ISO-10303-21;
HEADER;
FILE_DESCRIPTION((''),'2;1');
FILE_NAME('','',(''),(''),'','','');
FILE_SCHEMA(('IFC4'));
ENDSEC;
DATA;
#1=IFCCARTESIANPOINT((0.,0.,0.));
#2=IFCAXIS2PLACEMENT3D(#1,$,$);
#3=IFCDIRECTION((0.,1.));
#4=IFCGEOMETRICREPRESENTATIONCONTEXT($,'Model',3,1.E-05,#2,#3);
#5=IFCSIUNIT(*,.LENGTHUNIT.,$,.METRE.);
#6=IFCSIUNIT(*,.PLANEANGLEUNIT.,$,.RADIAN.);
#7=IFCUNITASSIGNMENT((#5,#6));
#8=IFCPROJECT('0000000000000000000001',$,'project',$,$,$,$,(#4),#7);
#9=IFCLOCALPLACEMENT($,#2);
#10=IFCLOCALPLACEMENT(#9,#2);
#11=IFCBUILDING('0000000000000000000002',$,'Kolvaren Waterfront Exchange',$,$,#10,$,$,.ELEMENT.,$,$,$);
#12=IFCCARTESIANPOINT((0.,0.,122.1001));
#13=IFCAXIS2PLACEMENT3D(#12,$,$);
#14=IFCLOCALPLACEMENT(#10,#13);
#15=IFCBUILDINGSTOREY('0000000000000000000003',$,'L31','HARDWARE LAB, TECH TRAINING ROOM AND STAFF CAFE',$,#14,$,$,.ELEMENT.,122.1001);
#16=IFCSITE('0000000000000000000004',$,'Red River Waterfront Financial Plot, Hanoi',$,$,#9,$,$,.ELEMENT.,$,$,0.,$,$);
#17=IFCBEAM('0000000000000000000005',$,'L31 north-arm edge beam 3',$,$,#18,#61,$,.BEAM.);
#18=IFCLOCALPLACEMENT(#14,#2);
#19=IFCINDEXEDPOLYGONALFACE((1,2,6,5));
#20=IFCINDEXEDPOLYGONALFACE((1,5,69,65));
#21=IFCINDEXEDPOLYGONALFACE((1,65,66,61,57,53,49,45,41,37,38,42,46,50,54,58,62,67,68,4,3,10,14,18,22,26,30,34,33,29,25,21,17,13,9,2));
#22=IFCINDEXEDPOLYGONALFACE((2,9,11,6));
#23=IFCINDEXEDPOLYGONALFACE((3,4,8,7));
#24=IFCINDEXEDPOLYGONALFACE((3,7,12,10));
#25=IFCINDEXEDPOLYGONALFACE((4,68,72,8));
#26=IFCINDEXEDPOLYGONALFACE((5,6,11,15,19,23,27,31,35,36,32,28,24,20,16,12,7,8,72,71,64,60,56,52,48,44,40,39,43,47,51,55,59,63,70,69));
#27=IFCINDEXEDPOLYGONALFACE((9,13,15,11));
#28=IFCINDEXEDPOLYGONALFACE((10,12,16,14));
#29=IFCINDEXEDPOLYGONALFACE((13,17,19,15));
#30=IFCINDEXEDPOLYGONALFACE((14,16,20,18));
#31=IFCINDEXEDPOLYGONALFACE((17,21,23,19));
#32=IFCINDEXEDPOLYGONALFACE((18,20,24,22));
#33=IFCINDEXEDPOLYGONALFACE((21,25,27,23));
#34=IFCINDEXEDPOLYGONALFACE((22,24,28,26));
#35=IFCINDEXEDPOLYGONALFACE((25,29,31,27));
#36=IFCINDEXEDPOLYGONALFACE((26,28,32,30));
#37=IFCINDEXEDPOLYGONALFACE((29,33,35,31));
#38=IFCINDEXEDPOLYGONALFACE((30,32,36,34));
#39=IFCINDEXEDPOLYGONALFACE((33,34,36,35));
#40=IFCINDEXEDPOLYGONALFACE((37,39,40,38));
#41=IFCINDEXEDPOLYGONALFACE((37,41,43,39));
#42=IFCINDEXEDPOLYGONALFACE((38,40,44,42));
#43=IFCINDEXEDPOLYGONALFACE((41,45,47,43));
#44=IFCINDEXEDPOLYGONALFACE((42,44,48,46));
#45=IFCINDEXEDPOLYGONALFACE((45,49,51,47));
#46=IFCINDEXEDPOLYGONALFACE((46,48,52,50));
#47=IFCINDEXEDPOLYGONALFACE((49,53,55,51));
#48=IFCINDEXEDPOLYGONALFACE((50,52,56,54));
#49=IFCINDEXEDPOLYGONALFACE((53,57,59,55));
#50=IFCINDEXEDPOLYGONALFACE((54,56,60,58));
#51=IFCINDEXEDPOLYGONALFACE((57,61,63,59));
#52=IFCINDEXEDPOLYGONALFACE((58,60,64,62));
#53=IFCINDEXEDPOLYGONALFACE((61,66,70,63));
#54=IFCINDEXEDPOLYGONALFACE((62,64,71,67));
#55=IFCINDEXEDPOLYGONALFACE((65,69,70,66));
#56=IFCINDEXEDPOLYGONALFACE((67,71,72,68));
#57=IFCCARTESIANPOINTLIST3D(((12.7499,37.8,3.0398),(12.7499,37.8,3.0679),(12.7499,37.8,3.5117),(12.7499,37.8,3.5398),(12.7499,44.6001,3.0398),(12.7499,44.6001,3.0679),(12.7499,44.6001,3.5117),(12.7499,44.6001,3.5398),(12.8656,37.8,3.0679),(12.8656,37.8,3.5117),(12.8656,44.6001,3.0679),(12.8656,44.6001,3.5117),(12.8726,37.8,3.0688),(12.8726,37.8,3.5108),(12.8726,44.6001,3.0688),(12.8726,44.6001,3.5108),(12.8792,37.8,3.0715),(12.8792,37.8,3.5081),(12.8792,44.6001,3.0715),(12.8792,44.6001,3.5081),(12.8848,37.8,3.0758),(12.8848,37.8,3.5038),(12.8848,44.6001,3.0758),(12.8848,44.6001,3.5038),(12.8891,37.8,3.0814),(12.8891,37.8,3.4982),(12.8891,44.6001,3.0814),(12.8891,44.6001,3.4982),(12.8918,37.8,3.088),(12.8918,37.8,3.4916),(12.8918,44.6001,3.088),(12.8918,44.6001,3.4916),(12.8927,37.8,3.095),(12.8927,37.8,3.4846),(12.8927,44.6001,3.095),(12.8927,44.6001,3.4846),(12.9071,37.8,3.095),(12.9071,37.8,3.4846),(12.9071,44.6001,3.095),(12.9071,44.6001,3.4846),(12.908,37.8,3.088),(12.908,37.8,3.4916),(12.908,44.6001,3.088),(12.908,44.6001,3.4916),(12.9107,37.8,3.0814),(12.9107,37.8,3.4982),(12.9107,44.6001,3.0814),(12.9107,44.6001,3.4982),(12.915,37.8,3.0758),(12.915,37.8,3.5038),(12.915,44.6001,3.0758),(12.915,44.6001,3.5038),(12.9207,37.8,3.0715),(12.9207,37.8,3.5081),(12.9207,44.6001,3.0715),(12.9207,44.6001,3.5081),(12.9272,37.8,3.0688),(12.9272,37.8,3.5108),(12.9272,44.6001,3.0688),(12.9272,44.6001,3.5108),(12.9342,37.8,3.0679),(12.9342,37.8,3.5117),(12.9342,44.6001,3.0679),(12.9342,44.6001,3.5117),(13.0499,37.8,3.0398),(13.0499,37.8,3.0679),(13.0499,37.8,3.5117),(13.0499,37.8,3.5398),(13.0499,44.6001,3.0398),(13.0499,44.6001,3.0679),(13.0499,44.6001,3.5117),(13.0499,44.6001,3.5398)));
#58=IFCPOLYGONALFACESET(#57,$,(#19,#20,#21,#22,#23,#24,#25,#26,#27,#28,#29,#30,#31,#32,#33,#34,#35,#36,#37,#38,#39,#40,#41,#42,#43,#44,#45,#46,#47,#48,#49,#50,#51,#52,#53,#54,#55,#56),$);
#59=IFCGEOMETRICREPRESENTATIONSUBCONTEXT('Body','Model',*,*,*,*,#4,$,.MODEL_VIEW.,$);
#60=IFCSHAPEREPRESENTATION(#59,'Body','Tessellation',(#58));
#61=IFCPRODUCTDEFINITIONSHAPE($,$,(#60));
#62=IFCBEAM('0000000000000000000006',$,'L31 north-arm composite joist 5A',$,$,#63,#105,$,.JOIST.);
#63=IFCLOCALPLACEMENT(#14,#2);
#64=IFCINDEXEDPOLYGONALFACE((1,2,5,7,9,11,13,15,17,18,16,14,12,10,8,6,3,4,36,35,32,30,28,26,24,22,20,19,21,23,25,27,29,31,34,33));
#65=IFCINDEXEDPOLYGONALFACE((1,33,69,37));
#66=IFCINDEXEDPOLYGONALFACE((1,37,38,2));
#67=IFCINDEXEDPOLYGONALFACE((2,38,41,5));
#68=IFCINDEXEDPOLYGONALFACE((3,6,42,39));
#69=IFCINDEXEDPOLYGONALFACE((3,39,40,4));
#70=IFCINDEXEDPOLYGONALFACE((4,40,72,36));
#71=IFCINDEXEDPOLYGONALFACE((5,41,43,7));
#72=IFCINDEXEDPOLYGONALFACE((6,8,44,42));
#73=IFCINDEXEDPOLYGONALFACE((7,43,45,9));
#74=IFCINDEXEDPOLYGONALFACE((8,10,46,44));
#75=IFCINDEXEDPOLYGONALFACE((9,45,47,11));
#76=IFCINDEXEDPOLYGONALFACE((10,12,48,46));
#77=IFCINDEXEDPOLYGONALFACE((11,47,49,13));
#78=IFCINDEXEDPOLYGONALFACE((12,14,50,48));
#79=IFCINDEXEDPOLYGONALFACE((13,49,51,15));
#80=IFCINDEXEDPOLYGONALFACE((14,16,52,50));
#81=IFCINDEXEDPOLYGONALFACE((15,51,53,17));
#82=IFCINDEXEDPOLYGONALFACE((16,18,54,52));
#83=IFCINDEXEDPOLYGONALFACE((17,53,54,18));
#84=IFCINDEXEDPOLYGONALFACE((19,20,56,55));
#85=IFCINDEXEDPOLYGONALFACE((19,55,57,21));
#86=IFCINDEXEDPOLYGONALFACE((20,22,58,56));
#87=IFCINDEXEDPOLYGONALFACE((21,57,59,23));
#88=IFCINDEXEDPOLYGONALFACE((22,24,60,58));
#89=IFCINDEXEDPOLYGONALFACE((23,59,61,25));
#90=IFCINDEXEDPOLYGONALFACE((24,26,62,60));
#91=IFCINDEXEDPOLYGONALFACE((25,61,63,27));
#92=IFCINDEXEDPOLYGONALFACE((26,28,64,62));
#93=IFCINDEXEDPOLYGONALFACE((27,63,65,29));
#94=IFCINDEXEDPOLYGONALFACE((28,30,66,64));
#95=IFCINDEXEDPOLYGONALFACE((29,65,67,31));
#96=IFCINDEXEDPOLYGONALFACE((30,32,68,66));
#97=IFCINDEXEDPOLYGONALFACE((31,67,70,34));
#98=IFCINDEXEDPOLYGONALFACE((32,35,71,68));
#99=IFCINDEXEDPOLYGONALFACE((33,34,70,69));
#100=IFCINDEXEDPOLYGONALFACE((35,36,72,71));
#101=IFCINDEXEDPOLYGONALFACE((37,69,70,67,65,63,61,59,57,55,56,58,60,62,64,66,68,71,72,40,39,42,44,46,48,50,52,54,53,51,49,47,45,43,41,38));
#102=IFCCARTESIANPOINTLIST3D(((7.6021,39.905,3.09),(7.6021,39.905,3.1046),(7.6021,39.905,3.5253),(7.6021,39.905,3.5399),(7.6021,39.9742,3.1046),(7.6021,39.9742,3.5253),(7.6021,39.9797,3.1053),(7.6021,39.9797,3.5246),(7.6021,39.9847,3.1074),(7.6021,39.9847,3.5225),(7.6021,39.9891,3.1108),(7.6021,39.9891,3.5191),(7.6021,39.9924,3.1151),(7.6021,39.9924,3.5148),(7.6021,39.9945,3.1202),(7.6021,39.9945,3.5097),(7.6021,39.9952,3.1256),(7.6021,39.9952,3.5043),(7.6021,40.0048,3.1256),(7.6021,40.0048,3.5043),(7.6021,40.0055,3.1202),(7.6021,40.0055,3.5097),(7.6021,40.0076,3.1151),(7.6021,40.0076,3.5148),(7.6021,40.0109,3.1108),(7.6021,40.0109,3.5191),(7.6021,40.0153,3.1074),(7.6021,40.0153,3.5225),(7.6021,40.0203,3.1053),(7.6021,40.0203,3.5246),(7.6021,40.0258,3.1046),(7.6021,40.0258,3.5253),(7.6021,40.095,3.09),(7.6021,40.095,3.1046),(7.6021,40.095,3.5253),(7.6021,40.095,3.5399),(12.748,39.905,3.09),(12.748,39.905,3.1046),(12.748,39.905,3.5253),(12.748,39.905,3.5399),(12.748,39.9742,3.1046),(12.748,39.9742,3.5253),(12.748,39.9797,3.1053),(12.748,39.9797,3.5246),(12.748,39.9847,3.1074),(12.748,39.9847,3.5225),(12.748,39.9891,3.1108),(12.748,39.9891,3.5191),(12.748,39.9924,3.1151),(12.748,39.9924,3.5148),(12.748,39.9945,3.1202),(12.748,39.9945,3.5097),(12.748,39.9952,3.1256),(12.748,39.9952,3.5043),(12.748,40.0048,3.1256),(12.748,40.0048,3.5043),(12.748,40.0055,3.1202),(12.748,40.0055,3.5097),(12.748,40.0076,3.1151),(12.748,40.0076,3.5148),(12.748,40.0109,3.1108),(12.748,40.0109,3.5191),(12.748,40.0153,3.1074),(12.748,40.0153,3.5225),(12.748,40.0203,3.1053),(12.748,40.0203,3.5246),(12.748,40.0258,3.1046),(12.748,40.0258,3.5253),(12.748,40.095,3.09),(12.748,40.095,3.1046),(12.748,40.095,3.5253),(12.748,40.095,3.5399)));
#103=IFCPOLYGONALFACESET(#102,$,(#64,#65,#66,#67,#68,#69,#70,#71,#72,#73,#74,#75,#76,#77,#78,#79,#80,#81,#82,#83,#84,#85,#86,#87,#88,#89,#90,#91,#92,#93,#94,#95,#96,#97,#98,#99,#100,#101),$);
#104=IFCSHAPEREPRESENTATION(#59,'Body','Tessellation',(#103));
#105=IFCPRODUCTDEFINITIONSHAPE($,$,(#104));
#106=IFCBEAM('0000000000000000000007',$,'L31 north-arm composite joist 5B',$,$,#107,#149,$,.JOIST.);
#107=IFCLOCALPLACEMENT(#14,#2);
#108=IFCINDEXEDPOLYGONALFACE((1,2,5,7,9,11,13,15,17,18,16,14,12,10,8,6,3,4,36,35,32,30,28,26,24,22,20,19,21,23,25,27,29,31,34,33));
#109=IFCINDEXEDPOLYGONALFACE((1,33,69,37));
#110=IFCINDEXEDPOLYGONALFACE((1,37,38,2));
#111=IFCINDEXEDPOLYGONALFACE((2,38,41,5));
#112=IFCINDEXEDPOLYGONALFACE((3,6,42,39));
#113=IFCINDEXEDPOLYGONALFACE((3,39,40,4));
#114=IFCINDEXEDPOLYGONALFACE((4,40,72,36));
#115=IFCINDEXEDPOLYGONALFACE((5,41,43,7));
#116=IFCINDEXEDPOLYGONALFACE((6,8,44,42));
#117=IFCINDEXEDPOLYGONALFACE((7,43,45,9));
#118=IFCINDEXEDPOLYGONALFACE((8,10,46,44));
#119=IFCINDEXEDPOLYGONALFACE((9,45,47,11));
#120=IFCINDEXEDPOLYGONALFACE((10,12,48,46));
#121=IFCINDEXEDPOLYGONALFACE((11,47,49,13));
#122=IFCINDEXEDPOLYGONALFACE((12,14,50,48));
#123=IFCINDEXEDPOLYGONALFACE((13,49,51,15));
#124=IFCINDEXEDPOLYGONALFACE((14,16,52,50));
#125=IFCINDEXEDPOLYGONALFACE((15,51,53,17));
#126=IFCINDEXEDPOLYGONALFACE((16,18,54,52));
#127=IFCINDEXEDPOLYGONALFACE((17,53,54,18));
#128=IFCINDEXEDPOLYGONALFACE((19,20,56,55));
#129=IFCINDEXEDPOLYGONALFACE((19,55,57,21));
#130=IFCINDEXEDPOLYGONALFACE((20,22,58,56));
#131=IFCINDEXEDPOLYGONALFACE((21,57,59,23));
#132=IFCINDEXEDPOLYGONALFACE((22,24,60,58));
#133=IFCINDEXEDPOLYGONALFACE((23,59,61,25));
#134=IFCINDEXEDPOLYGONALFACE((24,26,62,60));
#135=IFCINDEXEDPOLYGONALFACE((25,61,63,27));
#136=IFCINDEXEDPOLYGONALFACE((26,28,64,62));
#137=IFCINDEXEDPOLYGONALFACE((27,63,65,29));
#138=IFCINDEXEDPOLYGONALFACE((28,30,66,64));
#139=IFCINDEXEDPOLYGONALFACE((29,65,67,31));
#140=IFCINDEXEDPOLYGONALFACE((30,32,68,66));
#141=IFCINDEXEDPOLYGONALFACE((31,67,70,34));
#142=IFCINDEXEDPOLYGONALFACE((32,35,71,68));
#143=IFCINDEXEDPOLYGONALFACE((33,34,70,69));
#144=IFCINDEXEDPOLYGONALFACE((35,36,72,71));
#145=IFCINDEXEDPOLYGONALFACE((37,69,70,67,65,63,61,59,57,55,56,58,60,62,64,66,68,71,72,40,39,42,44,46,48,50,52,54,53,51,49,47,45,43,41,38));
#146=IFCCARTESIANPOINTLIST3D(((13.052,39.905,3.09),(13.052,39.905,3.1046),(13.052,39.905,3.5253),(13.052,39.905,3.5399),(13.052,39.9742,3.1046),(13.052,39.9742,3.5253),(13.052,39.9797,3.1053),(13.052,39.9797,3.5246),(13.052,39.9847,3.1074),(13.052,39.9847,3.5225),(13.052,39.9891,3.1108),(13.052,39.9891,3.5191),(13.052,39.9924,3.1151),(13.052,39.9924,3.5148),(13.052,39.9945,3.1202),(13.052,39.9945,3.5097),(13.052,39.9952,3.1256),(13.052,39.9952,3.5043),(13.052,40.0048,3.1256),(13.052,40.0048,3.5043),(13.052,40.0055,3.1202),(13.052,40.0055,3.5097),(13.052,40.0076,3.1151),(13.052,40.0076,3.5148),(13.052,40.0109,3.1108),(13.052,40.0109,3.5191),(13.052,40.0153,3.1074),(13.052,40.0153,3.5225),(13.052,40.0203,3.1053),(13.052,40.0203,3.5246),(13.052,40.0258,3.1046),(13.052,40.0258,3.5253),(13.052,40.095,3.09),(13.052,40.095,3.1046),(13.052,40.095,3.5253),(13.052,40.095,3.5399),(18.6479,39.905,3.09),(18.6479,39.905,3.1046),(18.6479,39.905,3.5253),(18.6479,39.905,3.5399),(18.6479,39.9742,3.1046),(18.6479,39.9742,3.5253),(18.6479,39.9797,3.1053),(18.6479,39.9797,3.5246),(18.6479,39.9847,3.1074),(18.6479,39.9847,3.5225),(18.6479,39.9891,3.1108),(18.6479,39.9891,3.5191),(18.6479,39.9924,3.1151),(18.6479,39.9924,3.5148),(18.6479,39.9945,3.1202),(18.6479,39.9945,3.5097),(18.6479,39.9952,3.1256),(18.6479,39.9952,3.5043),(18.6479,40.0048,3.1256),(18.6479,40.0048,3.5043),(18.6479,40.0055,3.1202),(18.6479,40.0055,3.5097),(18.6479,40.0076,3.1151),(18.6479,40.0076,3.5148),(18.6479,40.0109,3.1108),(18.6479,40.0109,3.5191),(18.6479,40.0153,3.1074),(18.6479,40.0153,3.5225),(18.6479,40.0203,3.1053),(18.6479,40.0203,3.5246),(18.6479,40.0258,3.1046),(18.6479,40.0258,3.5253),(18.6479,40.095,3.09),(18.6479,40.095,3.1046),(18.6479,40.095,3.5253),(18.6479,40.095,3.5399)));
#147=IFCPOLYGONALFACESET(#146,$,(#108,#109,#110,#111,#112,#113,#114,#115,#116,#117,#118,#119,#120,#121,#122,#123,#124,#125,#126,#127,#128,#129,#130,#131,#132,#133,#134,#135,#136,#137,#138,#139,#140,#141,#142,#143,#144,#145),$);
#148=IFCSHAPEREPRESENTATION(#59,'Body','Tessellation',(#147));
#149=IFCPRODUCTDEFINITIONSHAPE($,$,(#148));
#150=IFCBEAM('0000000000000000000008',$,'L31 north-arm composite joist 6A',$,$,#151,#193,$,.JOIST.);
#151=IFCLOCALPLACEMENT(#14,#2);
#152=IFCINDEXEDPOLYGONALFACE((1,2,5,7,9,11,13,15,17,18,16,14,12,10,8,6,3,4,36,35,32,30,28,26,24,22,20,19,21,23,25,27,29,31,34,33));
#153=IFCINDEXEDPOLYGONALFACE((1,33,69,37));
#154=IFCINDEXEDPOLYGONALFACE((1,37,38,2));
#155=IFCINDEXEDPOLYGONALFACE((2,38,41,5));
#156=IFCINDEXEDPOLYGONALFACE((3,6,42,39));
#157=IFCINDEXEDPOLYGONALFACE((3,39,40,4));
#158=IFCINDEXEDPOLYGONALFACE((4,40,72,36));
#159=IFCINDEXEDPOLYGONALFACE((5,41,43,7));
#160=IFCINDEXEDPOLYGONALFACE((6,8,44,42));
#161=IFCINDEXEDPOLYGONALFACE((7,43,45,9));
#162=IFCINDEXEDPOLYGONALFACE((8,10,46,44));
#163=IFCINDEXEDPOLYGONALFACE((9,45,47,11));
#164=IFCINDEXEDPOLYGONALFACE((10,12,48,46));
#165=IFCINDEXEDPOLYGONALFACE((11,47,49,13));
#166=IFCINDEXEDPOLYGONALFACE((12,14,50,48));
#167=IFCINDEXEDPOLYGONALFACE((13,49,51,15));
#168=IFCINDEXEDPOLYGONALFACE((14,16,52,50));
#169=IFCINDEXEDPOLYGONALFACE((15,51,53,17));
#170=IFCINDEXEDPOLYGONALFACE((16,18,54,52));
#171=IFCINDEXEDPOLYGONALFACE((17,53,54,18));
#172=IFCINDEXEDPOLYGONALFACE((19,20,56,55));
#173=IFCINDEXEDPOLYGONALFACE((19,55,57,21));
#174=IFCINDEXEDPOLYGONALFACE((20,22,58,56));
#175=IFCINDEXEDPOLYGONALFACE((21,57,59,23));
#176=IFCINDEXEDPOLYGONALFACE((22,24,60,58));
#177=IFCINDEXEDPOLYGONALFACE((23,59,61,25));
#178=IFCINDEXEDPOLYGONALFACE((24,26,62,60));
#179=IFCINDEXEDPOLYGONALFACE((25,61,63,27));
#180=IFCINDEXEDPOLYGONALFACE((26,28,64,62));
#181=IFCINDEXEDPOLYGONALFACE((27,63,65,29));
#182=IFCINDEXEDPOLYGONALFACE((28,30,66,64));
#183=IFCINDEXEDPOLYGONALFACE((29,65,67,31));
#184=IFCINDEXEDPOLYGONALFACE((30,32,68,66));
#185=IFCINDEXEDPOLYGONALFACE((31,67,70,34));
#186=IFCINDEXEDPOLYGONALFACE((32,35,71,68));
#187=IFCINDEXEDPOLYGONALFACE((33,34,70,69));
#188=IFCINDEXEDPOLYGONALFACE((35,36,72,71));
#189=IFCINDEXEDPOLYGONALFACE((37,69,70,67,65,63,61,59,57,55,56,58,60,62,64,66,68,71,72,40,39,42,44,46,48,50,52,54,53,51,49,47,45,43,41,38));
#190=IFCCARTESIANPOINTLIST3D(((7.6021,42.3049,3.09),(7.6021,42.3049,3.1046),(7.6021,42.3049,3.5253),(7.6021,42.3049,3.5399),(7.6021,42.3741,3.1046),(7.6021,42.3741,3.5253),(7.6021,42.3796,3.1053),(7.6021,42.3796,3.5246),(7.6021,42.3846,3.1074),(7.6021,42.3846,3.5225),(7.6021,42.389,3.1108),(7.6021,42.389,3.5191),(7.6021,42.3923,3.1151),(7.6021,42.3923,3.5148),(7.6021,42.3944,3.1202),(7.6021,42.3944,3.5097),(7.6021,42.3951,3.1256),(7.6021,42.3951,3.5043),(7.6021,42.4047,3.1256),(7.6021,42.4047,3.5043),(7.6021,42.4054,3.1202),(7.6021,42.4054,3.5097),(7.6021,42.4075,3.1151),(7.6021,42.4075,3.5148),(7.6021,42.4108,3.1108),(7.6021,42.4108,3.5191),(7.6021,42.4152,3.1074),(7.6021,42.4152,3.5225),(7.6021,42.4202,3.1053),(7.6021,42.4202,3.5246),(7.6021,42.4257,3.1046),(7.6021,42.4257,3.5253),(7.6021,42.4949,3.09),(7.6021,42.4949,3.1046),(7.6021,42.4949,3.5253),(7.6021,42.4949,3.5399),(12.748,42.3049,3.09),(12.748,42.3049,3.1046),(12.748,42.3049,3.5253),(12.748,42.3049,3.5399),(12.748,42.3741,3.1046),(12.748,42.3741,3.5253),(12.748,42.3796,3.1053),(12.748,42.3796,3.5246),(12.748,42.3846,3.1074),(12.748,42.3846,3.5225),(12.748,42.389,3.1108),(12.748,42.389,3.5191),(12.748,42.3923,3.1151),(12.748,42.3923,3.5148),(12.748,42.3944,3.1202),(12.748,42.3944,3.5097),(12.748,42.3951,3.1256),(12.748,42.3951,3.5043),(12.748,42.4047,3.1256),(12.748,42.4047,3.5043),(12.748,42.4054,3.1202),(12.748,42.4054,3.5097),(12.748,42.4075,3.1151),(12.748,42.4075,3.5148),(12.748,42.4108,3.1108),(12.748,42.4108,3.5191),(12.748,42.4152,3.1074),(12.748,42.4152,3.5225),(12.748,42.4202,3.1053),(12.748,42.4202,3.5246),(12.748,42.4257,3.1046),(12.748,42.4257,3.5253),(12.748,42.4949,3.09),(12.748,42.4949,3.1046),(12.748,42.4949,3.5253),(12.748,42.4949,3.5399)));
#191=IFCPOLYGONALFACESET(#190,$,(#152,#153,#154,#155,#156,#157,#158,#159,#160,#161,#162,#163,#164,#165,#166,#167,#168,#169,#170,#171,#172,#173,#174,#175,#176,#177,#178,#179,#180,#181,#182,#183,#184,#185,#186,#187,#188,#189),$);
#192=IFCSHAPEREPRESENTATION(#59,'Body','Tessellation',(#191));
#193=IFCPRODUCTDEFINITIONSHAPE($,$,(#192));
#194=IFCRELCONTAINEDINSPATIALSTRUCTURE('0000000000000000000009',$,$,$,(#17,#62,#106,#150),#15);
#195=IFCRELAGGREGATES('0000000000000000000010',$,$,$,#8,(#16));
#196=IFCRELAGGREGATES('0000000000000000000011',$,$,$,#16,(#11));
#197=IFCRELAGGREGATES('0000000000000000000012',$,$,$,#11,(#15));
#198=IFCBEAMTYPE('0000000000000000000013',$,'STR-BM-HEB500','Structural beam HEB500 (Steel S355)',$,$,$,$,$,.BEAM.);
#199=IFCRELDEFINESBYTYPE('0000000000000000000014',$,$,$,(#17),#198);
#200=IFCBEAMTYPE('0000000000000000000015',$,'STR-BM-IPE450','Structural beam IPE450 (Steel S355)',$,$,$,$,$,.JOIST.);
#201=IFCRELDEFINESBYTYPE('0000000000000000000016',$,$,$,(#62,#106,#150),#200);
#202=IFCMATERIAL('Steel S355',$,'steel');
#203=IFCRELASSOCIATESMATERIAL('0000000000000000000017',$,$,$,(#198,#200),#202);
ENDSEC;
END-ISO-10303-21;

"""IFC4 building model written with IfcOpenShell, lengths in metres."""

from ifc_helpers import new_model, si_unit, direction, frame, origin, origin_2d, place, context, subcontext, project, spatial, i_section, extrude, material, material_profile, profile_set, type_object, element, save


model = new_model("IFC4")

# Units and contexts
model_context = context("Model", 3, precision=1e-05, world=origin(), true_north=direction((0.0, 1.0)))
body_context = subcontext(model_context, "Body", "Model", "MODEL_VIEW")
ifc_project = project(units=[si_unit("LENGTHUNIT", "METRE"), si_unit("PLANEANGLEUNIT", "RADIAN")], contexts=[model_context])

# Site, building, storey
site_placement = place(None, origin())
site = spatial("IfcSite", under=ifc_project, at=site_placement, Name="Red River Waterfront Financial Plot, Hanoi", CompositionType="ELEMENT", RefElevation=0.0)
building_placement = place(site_placement, origin())
building = spatial("IfcBuilding", under=site, at=building_placement, Name="Kolvaren Waterfront Exchange", CompositionType="ELEMENT")
storey_placement = place(building_placement, frame((0.0, 0.0, 122.1001)))
storey = spatial("IfcBuildingStorey", under=building, at=storey_placement, Name="L31", Description="HARDWARE LAB, TECH TRAINING ROOM AND STAFF CAFE", CompositionType="ELEMENT", Elevation=122.1001)

# Beams
ifc_material_1 = material(Name="Steel S355", Category="steel")
ifc_material_profile_1 = material_profile(ifc_material_1, i_section(OverallWidth=0.3, OverallDepth=0.5, WebThickness=0.0144, FlangeThickness=0.0281, FilletRadius=0.0271, at=origin_2d()), Name="HEB500")
ifc_profile_set_1 = profile_set([ifc_material_profile_1], Name="Steel S355")
beam_type_1 = type_object("IfcBeamType", Name="STR-BM-HEB500", Description="Structural beam HEB500 (Steel S355)", PredefinedType="BEAM", material=ifc_profile_set_1)
beam_1_placement = place(storey_placement, frame((12.8999, 37.8, 3.2898), z_axis=(0.0, 1.0, 0.0), x_axis=(-1.0, 0.0, 0.0)))
element("IfcBeam", 1, at=beam_1_placement, inside=storey, type_object=beam_type_1, Name="L31 north-arm edge beam 3", PredefinedType="BEAM", context=body_context, shape_type="SweptSolid", body=[
    extrude(i_section(OverallWidth=0.3, OverallDepth=0.5, WebThickness=0.0144, FlangeThickness=0.0281, FilletRadius=0.0271, at=origin_2d()), origin(), (0.0, 0.0, 1.0), 6.8),
])
ifc_material_profile_2 = material_profile(ifc_material_1, i_section(OverallWidth=0.1899, OverallDepth=0.45, WebThickness=0.0095, FlangeThickness=0.0146, FilletRadius=0.021, at=origin_2d()), Name="IPE450")
ifc_profile_set_2 = profile_set([ifc_material_profile_2], Name="Steel S355")
beam_type_2 = type_object("IfcBeamType", Name="STR-BM-IPE450", Description="Structural beam IPE450 (Steel S355)", PredefinedType="JOIST", material=ifc_profile_set_2)
beam_2_placement = place(storey_placement, frame((7.6021, 40.0, 3.3149), z_axis=(1.0, 0.0, 0.0), x_axis=(0.0, 1.0, 0.0)))
element("IfcBeam", 2, at=beam_2_placement, inside=storey, type_object=beam_type_2, Name="L31 north-arm composite joist 5A", PredefinedType="JOIST", context=body_context, shape_type="SweptSolid", body=[
    extrude(i_section(OverallWidth=0.1899, OverallDepth=0.45, WebThickness=0.0095, FlangeThickness=0.0146, FilletRadius=0.021, at=origin_2d()), origin(), (0.0, 0.0, 1.0), 5.146),
])
beam_3_placement = place(storey_placement, frame((13.052, 40.0, 3.3149), z_axis=(1.0, 0.0, 0.0), x_axis=(0.0, 1.0, 0.0)))
element("IfcBeam", 3, at=beam_3_placement, inside=storey, type_object=beam_type_2, Name="L31 north-arm composite joist 5B", PredefinedType="JOIST", context=body_context, shape_type="SweptSolid", body=[
    extrude(i_section(OverallWidth=0.1899, OverallDepth=0.45, WebThickness=0.0095, FlangeThickness=0.0146, FilletRadius=0.021, at=origin_2d()), origin(), (0.0, 0.0, 1.0), 5.5959),
])
beam_4_placement = place(storey_placement, frame((7.6021, 42.3999, 3.3149), z_axis=(1.0, 0.0, 0.0), x_axis=(0.0, 1.0, 0.0)))
element("IfcBeam", 4, at=beam_4_placement, inside=storey, type_object=beam_type_2, Name="L31 north-arm composite joist 6A", PredefinedType="JOIST", context=body_context, shape_type="SweptSolid", body=[
    extrude(i_section(OverallWidth=0.1899, OverallDepth=0.45, WebThickness=0.0095, FlangeThickness=0.0146, FilletRadius=0.021, at=origin_2d()), origin(), (0.0, 0.0, 1.0), 5.146),
])

save(model, "model.ifc")
